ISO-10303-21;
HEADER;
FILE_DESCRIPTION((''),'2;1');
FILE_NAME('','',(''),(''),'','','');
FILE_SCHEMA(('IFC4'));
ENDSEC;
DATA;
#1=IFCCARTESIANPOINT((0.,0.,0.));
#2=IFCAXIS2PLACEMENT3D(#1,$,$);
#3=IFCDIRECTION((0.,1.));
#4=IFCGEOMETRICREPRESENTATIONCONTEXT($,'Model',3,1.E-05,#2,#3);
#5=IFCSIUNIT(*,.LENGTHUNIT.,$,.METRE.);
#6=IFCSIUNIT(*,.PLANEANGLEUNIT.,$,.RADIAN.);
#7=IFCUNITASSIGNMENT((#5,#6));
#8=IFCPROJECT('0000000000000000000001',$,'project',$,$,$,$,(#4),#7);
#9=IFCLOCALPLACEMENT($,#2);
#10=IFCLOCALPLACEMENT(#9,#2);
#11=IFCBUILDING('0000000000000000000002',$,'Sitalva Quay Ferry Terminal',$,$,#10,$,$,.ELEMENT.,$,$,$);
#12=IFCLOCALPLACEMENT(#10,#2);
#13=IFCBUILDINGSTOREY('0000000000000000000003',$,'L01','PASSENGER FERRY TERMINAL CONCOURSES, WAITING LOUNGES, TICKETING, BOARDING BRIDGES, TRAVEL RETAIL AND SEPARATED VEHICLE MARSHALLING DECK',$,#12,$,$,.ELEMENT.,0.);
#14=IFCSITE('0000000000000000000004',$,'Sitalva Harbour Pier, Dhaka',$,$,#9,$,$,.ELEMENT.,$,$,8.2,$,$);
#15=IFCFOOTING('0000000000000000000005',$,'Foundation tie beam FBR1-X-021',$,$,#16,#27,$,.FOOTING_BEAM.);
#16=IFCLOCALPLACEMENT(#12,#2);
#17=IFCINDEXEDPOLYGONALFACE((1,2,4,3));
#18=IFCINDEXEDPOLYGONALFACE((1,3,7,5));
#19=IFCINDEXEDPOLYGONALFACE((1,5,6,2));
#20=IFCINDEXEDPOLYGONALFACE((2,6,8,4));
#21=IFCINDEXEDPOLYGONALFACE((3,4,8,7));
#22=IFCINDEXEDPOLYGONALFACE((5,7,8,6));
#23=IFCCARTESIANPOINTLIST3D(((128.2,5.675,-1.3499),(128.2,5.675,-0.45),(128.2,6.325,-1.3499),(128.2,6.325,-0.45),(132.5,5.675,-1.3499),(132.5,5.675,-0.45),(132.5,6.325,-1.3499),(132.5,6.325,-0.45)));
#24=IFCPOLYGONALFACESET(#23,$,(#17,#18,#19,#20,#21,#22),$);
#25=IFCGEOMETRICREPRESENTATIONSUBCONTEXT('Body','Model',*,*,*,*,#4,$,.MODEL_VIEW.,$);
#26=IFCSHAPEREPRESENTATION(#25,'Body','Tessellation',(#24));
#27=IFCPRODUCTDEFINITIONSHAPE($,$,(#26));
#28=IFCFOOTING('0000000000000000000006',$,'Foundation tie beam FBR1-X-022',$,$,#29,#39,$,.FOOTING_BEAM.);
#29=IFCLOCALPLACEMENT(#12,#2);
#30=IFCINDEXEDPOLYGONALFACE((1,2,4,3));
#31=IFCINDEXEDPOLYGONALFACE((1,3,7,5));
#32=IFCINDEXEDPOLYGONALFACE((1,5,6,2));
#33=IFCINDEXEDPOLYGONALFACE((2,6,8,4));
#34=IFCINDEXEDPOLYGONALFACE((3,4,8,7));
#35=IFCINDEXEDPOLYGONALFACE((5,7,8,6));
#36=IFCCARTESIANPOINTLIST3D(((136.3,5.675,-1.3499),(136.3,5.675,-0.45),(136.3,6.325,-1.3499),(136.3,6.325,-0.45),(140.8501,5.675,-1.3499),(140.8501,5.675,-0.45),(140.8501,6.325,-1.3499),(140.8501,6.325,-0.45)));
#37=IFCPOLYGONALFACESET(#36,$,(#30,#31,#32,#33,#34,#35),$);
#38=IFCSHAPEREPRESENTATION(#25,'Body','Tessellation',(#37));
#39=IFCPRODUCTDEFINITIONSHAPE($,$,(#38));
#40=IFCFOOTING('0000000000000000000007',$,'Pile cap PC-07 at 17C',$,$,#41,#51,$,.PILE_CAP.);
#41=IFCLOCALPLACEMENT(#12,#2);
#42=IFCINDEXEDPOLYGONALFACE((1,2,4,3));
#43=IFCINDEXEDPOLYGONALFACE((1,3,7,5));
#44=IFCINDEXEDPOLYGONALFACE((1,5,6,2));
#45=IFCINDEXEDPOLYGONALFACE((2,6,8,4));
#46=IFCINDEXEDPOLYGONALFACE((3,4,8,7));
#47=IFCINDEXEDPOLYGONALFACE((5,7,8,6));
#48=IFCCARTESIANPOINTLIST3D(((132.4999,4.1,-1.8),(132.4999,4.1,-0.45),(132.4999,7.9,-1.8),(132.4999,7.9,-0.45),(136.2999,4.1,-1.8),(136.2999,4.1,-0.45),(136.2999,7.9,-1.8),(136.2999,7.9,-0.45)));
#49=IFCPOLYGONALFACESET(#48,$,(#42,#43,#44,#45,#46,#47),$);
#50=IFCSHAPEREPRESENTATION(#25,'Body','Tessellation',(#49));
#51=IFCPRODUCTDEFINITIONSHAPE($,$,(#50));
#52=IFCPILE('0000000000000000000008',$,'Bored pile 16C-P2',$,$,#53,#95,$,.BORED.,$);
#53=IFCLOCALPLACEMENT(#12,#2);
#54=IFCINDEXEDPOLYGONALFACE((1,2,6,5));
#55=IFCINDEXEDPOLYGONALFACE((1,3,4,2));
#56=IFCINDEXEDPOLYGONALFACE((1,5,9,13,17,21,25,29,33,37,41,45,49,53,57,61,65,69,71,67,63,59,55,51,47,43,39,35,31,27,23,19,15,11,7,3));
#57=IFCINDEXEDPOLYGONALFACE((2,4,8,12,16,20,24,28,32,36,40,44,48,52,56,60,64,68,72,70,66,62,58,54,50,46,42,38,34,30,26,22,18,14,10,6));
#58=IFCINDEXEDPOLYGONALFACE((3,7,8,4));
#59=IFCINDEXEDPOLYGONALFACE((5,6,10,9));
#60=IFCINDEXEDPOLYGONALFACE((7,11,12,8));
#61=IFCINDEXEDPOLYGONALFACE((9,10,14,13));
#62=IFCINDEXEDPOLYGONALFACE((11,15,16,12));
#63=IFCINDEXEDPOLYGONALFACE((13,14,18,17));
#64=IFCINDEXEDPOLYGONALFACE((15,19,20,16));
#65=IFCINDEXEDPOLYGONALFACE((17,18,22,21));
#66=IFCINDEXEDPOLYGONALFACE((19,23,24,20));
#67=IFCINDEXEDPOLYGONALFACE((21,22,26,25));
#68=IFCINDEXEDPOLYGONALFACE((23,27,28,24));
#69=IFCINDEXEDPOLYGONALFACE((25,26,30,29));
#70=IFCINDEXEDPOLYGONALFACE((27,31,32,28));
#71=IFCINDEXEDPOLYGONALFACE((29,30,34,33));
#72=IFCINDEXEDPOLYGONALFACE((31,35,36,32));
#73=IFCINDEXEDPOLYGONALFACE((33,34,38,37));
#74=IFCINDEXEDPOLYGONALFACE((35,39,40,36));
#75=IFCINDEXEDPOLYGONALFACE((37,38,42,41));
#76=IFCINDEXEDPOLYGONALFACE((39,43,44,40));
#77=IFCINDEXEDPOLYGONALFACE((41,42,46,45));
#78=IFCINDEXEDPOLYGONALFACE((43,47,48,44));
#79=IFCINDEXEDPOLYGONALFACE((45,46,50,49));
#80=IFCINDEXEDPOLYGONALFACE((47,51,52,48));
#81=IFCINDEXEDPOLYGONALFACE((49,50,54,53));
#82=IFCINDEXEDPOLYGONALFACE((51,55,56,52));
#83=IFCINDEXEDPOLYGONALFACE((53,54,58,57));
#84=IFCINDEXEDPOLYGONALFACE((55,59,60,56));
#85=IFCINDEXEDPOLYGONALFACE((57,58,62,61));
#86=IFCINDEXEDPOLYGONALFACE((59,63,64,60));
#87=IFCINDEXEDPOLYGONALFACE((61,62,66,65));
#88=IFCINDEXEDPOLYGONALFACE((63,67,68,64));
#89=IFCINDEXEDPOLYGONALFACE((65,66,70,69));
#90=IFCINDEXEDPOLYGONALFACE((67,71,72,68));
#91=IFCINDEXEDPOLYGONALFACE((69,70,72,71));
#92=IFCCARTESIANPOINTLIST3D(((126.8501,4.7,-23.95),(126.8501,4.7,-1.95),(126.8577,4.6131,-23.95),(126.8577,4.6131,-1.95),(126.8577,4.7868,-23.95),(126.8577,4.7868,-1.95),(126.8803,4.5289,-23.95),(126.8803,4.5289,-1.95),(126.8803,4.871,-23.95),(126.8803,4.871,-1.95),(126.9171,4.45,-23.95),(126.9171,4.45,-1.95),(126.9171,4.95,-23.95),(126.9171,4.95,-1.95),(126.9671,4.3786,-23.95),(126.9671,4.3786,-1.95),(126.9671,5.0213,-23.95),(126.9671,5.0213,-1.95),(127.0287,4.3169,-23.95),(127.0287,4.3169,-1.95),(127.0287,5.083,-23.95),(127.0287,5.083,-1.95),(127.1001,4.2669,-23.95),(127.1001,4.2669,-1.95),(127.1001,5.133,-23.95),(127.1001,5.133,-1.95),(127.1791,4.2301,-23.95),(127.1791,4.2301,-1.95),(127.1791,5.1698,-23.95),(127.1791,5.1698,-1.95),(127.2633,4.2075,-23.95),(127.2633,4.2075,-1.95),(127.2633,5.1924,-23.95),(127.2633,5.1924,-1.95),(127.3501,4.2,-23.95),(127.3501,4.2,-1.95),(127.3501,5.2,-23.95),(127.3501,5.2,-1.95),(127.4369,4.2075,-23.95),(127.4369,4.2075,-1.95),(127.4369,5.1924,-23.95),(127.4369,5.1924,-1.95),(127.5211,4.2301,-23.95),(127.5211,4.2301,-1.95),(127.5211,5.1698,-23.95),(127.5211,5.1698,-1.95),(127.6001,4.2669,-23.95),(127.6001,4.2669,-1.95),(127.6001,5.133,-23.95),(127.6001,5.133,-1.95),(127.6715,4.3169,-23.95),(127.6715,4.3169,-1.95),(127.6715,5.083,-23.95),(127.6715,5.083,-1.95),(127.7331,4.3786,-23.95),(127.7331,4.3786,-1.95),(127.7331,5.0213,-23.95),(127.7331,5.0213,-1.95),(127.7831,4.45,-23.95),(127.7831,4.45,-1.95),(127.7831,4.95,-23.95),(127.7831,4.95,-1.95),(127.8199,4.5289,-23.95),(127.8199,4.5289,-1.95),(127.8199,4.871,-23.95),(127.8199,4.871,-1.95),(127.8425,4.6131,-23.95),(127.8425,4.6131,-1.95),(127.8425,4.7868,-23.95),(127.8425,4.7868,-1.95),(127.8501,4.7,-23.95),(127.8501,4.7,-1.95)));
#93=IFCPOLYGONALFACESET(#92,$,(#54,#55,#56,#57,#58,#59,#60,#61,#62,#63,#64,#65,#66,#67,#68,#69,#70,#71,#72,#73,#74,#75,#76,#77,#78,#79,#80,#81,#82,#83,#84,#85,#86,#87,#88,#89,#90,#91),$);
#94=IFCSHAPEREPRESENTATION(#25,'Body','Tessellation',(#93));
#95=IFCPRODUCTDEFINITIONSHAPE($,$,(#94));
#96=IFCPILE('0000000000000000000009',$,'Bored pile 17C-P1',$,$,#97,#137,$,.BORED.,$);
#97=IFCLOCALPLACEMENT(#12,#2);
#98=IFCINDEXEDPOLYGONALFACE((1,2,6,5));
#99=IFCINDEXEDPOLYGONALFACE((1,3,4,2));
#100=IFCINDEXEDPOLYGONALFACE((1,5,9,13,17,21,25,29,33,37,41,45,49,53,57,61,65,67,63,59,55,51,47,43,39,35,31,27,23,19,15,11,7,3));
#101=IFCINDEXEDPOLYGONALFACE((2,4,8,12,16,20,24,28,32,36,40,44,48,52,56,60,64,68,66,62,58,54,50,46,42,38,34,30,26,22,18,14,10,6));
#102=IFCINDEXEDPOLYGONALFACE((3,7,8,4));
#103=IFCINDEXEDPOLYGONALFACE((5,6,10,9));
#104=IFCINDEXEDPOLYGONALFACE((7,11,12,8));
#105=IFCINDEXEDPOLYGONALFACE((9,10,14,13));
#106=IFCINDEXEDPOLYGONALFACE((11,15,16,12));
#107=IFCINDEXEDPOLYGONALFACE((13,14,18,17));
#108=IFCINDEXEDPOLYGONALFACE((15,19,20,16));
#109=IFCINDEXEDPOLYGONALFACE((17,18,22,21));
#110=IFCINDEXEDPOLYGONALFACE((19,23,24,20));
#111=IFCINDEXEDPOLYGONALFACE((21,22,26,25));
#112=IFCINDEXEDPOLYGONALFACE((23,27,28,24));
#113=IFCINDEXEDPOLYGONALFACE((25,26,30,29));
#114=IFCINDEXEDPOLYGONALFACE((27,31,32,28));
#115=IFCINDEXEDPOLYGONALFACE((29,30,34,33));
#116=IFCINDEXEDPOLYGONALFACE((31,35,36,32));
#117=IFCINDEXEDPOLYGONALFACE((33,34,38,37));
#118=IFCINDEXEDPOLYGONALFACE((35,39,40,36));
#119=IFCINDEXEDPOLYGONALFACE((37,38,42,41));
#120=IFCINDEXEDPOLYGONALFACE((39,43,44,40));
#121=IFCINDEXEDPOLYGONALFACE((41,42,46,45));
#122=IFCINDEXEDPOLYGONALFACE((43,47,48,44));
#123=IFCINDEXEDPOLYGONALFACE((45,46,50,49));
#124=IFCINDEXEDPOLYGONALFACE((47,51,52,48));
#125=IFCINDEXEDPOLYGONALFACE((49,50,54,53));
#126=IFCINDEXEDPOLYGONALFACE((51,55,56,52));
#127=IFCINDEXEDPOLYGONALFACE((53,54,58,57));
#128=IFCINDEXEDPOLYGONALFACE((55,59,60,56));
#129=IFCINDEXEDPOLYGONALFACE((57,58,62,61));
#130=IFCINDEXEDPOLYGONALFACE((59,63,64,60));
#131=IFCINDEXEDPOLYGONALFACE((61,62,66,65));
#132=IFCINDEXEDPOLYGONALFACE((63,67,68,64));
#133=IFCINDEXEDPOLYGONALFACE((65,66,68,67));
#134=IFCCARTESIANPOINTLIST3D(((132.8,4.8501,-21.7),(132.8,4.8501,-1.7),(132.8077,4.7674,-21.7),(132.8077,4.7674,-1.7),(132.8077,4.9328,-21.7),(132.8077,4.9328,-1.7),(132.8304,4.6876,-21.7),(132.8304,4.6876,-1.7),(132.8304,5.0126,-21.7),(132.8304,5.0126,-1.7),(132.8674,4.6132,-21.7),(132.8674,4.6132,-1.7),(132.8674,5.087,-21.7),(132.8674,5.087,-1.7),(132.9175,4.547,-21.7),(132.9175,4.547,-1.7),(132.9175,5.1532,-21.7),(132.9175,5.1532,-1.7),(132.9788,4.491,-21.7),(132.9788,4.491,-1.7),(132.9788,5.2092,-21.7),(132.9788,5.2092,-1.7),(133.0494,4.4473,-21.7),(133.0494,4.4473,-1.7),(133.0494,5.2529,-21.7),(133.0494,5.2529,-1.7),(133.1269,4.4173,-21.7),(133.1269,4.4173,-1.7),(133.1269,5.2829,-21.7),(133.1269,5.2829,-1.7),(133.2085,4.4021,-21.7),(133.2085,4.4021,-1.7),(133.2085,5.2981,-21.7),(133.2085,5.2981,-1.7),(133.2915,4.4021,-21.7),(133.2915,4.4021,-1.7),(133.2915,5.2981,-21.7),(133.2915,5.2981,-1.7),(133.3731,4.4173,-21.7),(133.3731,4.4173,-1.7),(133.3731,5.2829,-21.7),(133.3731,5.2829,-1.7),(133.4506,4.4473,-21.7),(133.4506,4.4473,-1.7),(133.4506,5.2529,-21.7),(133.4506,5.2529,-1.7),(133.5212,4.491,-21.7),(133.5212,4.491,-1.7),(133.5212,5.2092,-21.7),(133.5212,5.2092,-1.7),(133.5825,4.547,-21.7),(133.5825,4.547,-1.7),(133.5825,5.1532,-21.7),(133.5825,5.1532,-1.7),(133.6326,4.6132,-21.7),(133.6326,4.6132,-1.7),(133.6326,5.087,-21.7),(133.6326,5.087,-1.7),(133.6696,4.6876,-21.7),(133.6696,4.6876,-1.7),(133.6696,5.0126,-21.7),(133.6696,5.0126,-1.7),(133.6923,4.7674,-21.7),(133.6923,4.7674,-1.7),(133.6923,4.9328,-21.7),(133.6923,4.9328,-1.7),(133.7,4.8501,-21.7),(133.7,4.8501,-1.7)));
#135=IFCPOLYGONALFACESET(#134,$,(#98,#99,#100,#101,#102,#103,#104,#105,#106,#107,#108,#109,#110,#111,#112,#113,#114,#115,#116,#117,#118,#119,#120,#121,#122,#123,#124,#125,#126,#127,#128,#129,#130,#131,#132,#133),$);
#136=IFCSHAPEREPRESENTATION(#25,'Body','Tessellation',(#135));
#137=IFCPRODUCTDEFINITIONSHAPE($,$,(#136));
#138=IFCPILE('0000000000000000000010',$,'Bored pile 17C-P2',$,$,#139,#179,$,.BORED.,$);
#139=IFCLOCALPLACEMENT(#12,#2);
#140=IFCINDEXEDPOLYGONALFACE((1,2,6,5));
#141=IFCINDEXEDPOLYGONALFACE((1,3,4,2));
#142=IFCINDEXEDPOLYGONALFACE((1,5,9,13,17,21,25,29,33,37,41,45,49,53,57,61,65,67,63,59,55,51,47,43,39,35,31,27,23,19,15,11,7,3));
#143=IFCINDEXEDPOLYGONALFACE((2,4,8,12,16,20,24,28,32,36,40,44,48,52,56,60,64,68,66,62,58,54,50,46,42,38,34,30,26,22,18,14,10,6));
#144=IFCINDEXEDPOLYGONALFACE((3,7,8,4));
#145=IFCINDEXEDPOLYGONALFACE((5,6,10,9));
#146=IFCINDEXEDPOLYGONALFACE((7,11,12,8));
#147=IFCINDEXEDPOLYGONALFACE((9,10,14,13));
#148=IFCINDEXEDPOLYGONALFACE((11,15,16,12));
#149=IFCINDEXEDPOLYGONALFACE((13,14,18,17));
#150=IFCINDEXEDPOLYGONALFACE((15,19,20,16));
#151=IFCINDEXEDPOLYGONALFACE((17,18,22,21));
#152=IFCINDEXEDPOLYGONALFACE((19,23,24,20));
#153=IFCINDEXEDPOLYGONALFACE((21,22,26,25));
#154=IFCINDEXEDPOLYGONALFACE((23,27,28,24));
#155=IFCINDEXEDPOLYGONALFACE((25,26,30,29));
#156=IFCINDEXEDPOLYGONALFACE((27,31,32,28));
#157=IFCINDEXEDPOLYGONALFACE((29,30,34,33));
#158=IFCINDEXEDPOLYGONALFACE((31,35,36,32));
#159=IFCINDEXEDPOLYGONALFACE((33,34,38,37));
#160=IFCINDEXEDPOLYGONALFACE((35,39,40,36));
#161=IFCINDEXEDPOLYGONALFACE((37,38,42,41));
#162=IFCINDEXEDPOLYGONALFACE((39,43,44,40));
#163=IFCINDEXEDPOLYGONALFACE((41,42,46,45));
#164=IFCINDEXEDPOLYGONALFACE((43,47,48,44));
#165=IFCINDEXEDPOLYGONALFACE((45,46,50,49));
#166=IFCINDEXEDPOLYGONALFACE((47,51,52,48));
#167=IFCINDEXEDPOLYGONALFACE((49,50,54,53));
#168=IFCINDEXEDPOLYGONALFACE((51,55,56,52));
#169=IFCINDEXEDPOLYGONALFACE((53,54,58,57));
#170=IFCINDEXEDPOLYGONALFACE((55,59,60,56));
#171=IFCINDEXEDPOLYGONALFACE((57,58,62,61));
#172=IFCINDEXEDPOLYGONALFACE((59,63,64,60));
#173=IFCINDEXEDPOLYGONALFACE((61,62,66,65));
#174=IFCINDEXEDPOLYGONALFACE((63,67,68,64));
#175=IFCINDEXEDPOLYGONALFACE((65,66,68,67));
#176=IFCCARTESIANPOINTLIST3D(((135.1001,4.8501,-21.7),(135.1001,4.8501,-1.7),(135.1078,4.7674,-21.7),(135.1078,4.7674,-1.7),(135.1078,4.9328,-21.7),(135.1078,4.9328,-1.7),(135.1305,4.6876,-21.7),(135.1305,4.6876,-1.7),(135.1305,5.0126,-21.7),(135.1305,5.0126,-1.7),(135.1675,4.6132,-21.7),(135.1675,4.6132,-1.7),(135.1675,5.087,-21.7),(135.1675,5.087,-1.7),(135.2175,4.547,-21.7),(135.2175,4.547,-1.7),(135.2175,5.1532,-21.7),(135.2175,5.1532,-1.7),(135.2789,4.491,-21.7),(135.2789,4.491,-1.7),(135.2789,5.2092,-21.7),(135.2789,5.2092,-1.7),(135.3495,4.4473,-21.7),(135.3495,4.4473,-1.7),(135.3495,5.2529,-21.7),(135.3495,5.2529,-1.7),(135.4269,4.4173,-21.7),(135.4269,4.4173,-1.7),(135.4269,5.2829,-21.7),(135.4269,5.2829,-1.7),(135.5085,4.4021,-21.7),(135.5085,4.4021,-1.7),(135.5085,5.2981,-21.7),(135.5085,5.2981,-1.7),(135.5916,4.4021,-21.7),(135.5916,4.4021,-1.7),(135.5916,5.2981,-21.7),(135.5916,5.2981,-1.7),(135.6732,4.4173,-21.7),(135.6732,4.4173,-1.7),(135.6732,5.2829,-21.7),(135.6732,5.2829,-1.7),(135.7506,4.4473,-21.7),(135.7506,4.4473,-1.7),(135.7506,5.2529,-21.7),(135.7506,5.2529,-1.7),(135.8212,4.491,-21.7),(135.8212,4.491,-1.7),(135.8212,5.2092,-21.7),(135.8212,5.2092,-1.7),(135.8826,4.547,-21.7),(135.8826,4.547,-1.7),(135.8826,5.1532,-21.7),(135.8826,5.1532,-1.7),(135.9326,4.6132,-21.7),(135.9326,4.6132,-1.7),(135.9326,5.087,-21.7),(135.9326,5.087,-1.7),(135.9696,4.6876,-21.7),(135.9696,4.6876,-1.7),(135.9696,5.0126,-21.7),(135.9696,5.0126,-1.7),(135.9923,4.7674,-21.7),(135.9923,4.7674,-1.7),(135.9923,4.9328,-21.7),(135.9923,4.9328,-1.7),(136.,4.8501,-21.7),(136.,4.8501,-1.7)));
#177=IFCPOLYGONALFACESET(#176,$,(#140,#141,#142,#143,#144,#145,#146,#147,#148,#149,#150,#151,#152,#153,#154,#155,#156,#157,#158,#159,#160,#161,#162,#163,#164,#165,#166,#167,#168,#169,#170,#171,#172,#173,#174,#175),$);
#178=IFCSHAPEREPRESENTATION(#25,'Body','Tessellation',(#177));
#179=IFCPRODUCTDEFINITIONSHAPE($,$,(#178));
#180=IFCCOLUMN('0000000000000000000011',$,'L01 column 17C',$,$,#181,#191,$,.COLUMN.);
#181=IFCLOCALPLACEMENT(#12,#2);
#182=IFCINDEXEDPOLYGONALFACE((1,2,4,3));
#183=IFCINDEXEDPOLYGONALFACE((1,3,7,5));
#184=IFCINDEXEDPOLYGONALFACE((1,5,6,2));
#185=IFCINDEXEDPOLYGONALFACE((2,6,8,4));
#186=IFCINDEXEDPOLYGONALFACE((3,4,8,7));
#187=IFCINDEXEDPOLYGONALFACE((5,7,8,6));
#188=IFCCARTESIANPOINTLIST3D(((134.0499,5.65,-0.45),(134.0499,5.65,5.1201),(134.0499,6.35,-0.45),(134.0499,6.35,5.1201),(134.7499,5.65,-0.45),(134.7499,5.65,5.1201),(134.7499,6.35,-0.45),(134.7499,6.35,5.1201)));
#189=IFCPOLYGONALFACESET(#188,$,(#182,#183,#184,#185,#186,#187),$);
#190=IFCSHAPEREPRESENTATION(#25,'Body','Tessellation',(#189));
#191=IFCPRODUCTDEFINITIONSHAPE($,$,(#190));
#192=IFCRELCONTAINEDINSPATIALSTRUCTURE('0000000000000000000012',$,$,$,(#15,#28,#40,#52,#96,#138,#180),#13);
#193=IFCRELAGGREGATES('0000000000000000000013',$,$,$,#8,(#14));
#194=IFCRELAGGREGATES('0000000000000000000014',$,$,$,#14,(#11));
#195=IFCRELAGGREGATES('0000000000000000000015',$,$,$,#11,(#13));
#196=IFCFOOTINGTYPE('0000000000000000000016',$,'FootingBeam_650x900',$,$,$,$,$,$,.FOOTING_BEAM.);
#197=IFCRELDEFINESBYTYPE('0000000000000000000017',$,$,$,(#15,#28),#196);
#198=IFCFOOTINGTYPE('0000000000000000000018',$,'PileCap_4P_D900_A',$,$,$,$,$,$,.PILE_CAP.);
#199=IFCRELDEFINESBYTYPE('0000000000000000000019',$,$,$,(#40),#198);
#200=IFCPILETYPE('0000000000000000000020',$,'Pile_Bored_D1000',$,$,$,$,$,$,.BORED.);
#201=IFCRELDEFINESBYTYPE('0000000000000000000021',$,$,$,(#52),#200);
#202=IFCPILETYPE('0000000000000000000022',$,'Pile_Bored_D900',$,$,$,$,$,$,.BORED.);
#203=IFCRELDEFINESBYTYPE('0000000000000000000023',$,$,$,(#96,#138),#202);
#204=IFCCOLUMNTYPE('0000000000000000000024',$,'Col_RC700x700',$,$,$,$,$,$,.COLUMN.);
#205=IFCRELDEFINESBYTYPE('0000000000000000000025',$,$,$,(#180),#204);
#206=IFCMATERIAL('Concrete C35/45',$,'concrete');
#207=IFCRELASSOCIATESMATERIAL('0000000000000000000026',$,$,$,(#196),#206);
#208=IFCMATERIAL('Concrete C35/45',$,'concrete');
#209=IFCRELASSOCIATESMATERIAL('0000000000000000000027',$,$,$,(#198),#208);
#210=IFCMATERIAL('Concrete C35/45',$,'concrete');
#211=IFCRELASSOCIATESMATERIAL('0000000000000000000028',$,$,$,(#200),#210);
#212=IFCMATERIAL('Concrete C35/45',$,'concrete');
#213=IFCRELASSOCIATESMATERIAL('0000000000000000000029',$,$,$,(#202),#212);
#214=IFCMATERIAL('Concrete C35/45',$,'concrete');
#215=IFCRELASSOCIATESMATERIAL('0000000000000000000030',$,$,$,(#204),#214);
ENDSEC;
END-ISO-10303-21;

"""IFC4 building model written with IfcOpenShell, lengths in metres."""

from ifc_helpers import new_model, si_unit, direction, frame, origin, origin_2d, place, context, subcontext, project, spatial, rectangle, circle, extrude, material, material_profile, profile_set, type_object, element, save


model = new_model("IFC4")

# Units and contexts
model_context = context("Model", 3, precision=1e-05, world=origin(), true_north=direction((0.0, 1.0)))
body_context = subcontext(model_context, "Body", "Model", "MODEL_VIEW")
ifc_project = project(units=[si_unit("LENGTHUNIT", "METRE"), si_unit("PLANEANGLEUNIT", "RADIAN")], contexts=[model_context])

# Site, building, storey
site_placement = place(None, origin())
site = spatial("IfcSite", under=ifc_project, at=site_placement, Name="Sitalva Harbour Pier, Dhaka", CompositionType="ELEMENT", RefElevation=8.2)
building_placement = place(site_placement, origin())
building = spatial("IfcBuilding", under=site, at=building_placement, Name="Sitalva Quay Ferry Terminal", CompositionType="ELEMENT")
storey_placement = place(building_placement, origin())
storey = spatial("IfcBuildingStorey", under=building, at=storey_placement, Name="L01", Description="PASSENGER FERRY TERMINAL CONCOURSES, WAITING LOUNGES, TICKETING, BOARDING BRIDGES, TRAVEL RETAIL AND SEPARATED VEHICLE MARSHALLING DECK", CompositionType="ELEMENT", Elevation=0.0)

# Footings
ifc_material_1 = material(Name="Concrete C35/45", Category="concrete")
ifc_material_profile_1 = material_profile(ifc_material_1, rectangle(XDim=0.6499, YDim=0.8999, at=origin_2d()), Name="RC650x900")
ifc_profile_set_1 = profile_set([ifc_material_profile_1], Name="Concrete C35/45")
footing_type_1 = type_object("IfcFootingType", Name="FootingBeam_650x900", PredefinedType="FOOTING_BEAM", material=ifc_profile_set_1)
footing_1_placement = place(storey_placement, frame((128.2, 6.0, -0.8999), z_axis=(1.0, 0.0, 0.0), x_axis=(0.0, 1.0, 0.0)))
element("IfcFooting", 1, at=footing_1_placement, inside=storey, type_object=footing_type_1, Name="Foundation tie beam FBR1-X-021", PredefinedType="FOOTING_BEAM", context=body_context, shape_type="SweptSolid", body=[
    extrude(rectangle(XDim=0.6499, YDim=0.8999, at=origin_2d()), origin(), (0.0, 0.0, 1.0), 4.3),
])
footing_2_placement = place(storey_placement, frame((136.3, 6.0, -0.8999), z_axis=(1.0, 0.0, 0.0), x_axis=(0.0, 1.0, 0.0)))
element("IfcFooting", 2, at=footing_2_placement, inside=storey, type_object=footing_type_1, Name="Foundation tie beam FBR1-X-022", PredefinedType="FOOTING_BEAM", context=body_context, shape_type="SweptSolid", body=[
    extrude(rectangle(XDim=0.6499, YDim=0.8999, at=origin_2d()), origin(), (0.0, 0.0, 1.0), 4.55),
])
ifc_material_2 = material(Name="Concrete C35/45", Category="concrete")
footing_type_2 = type_object("IfcFootingType", Name="PileCap_4P_D900_A", PredefinedType="PILE_CAP", material=ifc_material_2)
footing_3_placement = place(storey_placement, frame((134.3999, 6.0, -1.8), z_axis=(0.0, 0.0, 1.0), x_axis=(1.0, 0.0, 0.0)))
element("IfcFooting", 3, at=footing_3_placement, inside=storey, type_object=footing_type_2, Name="Pile cap PC-07 at 17C", PredefinedType="PILE_CAP", context=body_context, shape_type="SweptSolid", body=[
    extrude(rectangle(XDim=3.8, YDim=3.8, at=origin_2d()), origin(), (0.0, 0.0, 1.0), 1.3501),
])

# Piles
ifc_material_3 = material(Name="Concrete C35/45", Category="concrete")
ifc_material_profile_2 = material_profile(ifc_material_3, circle(Radius=0.5, at=origin_2d()), Name="PILE-D1000")
ifc_profile_set_2 = profile_set([ifc_material_profile_2], Name="Concrete C35/45")
pile_type_1 = type_object("IfcPileType", Name="Pile_Bored_D1000", PredefinedType="BORED", material=ifc_profile_set_2)
pile_placement = place(storey_placement, frame((127.3501, 4.7, -1.95), z_axis=(0.0, 0.0, -1.0), x_axis=(1.0, 0.0, 0.0)))
element("IfcPile", 4, at=pile_placement, inside=storey, type_object=pile_type_1, Name="Bored pile 16C-P2", PredefinedType="BORED", context=body_context, shape_type="SweptSolid", body=[
    extrude(circle(Radius=0.5, at=origin_2d()), origin(), (0.0, 0.0, 1.0), 22.0),
])
ifc_material_4 = material(Name="Concrete C35/45", Category="concrete")
ifc_material_profile_3 = material_profile(ifc_material_4, circle(Radius=0.45, at=origin_2d()), Name="PILE-D900")
ifc_profile_set_3 = profile_set([ifc_material_profile_3], Name="Concrete C35/45")
pile_type_2 = type_object("IfcPileType", Name="Pile_Bored_D900", PredefinedType="BORED", material=ifc_profile_set_3)
for number, where, z_axis, x_axis, name in (
    (5, (133.25, 4.8501, -1.7), (0.0, 0.0, -1.0), (1.0, 0.0, 0.0), "Bored pile 17C-P1"),
    (6, (135.55, 4.8501, -1.7), (0.0, 0.0, -1.0), (1.0, 0.0, 0.0), "Bored pile 17C-P2"),
):
    element("IfcPile", number, at=place(storey_placement, frame(where, z_axis=z_axis, x_axis=x_axis)), inside=storey, type_object=pile_type_2, Name=name, PredefinedType="BORED", context=body_context, shape_type="SweptSolid", body=[
        extrude(circle(Radius=0.45, at=origin_2d()), origin(), (0.0, 0.0, 1.0), 20.0),
    ])

# Column
ifc_material_5 = material(Name="Concrete C35/45", Category="concrete")
ifc_material_profile_4 = material_profile(ifc_material_5, rectangle(XDim=0.7, YDim=0.7, at=origin_2d()), Name="RC700x700")
ifc_profile_set_4 = profile_set([ifc_material_profile_4], Name="Concrete C35/45")
column_type = type_object("IfcColumnType", Name="Col_RC700x700", PredefinedType="COLUMN", material=ifc_profile_set_4)
column_placement = place(storey_placement, frame((134.3999, 6.0, -0.45), z_axis=(0.0, 0.0, 1.0), x_axis=(1.0, 0.0, 0.0)))
element("IfcColumn", 7, at=column_placement, inside=storey, type_object=column_type, Name="L01 column 17C", PredefinedType="COLUMN", context=body_context, shape_type="SweptSolid", body=[
    extrude(rectangle(XDim=0.7, YDim=0.7, at=origin_2d()), origin(), (0.0, 0.0, 1.0), 5.5701),
])

save(model, "model.ifc")
